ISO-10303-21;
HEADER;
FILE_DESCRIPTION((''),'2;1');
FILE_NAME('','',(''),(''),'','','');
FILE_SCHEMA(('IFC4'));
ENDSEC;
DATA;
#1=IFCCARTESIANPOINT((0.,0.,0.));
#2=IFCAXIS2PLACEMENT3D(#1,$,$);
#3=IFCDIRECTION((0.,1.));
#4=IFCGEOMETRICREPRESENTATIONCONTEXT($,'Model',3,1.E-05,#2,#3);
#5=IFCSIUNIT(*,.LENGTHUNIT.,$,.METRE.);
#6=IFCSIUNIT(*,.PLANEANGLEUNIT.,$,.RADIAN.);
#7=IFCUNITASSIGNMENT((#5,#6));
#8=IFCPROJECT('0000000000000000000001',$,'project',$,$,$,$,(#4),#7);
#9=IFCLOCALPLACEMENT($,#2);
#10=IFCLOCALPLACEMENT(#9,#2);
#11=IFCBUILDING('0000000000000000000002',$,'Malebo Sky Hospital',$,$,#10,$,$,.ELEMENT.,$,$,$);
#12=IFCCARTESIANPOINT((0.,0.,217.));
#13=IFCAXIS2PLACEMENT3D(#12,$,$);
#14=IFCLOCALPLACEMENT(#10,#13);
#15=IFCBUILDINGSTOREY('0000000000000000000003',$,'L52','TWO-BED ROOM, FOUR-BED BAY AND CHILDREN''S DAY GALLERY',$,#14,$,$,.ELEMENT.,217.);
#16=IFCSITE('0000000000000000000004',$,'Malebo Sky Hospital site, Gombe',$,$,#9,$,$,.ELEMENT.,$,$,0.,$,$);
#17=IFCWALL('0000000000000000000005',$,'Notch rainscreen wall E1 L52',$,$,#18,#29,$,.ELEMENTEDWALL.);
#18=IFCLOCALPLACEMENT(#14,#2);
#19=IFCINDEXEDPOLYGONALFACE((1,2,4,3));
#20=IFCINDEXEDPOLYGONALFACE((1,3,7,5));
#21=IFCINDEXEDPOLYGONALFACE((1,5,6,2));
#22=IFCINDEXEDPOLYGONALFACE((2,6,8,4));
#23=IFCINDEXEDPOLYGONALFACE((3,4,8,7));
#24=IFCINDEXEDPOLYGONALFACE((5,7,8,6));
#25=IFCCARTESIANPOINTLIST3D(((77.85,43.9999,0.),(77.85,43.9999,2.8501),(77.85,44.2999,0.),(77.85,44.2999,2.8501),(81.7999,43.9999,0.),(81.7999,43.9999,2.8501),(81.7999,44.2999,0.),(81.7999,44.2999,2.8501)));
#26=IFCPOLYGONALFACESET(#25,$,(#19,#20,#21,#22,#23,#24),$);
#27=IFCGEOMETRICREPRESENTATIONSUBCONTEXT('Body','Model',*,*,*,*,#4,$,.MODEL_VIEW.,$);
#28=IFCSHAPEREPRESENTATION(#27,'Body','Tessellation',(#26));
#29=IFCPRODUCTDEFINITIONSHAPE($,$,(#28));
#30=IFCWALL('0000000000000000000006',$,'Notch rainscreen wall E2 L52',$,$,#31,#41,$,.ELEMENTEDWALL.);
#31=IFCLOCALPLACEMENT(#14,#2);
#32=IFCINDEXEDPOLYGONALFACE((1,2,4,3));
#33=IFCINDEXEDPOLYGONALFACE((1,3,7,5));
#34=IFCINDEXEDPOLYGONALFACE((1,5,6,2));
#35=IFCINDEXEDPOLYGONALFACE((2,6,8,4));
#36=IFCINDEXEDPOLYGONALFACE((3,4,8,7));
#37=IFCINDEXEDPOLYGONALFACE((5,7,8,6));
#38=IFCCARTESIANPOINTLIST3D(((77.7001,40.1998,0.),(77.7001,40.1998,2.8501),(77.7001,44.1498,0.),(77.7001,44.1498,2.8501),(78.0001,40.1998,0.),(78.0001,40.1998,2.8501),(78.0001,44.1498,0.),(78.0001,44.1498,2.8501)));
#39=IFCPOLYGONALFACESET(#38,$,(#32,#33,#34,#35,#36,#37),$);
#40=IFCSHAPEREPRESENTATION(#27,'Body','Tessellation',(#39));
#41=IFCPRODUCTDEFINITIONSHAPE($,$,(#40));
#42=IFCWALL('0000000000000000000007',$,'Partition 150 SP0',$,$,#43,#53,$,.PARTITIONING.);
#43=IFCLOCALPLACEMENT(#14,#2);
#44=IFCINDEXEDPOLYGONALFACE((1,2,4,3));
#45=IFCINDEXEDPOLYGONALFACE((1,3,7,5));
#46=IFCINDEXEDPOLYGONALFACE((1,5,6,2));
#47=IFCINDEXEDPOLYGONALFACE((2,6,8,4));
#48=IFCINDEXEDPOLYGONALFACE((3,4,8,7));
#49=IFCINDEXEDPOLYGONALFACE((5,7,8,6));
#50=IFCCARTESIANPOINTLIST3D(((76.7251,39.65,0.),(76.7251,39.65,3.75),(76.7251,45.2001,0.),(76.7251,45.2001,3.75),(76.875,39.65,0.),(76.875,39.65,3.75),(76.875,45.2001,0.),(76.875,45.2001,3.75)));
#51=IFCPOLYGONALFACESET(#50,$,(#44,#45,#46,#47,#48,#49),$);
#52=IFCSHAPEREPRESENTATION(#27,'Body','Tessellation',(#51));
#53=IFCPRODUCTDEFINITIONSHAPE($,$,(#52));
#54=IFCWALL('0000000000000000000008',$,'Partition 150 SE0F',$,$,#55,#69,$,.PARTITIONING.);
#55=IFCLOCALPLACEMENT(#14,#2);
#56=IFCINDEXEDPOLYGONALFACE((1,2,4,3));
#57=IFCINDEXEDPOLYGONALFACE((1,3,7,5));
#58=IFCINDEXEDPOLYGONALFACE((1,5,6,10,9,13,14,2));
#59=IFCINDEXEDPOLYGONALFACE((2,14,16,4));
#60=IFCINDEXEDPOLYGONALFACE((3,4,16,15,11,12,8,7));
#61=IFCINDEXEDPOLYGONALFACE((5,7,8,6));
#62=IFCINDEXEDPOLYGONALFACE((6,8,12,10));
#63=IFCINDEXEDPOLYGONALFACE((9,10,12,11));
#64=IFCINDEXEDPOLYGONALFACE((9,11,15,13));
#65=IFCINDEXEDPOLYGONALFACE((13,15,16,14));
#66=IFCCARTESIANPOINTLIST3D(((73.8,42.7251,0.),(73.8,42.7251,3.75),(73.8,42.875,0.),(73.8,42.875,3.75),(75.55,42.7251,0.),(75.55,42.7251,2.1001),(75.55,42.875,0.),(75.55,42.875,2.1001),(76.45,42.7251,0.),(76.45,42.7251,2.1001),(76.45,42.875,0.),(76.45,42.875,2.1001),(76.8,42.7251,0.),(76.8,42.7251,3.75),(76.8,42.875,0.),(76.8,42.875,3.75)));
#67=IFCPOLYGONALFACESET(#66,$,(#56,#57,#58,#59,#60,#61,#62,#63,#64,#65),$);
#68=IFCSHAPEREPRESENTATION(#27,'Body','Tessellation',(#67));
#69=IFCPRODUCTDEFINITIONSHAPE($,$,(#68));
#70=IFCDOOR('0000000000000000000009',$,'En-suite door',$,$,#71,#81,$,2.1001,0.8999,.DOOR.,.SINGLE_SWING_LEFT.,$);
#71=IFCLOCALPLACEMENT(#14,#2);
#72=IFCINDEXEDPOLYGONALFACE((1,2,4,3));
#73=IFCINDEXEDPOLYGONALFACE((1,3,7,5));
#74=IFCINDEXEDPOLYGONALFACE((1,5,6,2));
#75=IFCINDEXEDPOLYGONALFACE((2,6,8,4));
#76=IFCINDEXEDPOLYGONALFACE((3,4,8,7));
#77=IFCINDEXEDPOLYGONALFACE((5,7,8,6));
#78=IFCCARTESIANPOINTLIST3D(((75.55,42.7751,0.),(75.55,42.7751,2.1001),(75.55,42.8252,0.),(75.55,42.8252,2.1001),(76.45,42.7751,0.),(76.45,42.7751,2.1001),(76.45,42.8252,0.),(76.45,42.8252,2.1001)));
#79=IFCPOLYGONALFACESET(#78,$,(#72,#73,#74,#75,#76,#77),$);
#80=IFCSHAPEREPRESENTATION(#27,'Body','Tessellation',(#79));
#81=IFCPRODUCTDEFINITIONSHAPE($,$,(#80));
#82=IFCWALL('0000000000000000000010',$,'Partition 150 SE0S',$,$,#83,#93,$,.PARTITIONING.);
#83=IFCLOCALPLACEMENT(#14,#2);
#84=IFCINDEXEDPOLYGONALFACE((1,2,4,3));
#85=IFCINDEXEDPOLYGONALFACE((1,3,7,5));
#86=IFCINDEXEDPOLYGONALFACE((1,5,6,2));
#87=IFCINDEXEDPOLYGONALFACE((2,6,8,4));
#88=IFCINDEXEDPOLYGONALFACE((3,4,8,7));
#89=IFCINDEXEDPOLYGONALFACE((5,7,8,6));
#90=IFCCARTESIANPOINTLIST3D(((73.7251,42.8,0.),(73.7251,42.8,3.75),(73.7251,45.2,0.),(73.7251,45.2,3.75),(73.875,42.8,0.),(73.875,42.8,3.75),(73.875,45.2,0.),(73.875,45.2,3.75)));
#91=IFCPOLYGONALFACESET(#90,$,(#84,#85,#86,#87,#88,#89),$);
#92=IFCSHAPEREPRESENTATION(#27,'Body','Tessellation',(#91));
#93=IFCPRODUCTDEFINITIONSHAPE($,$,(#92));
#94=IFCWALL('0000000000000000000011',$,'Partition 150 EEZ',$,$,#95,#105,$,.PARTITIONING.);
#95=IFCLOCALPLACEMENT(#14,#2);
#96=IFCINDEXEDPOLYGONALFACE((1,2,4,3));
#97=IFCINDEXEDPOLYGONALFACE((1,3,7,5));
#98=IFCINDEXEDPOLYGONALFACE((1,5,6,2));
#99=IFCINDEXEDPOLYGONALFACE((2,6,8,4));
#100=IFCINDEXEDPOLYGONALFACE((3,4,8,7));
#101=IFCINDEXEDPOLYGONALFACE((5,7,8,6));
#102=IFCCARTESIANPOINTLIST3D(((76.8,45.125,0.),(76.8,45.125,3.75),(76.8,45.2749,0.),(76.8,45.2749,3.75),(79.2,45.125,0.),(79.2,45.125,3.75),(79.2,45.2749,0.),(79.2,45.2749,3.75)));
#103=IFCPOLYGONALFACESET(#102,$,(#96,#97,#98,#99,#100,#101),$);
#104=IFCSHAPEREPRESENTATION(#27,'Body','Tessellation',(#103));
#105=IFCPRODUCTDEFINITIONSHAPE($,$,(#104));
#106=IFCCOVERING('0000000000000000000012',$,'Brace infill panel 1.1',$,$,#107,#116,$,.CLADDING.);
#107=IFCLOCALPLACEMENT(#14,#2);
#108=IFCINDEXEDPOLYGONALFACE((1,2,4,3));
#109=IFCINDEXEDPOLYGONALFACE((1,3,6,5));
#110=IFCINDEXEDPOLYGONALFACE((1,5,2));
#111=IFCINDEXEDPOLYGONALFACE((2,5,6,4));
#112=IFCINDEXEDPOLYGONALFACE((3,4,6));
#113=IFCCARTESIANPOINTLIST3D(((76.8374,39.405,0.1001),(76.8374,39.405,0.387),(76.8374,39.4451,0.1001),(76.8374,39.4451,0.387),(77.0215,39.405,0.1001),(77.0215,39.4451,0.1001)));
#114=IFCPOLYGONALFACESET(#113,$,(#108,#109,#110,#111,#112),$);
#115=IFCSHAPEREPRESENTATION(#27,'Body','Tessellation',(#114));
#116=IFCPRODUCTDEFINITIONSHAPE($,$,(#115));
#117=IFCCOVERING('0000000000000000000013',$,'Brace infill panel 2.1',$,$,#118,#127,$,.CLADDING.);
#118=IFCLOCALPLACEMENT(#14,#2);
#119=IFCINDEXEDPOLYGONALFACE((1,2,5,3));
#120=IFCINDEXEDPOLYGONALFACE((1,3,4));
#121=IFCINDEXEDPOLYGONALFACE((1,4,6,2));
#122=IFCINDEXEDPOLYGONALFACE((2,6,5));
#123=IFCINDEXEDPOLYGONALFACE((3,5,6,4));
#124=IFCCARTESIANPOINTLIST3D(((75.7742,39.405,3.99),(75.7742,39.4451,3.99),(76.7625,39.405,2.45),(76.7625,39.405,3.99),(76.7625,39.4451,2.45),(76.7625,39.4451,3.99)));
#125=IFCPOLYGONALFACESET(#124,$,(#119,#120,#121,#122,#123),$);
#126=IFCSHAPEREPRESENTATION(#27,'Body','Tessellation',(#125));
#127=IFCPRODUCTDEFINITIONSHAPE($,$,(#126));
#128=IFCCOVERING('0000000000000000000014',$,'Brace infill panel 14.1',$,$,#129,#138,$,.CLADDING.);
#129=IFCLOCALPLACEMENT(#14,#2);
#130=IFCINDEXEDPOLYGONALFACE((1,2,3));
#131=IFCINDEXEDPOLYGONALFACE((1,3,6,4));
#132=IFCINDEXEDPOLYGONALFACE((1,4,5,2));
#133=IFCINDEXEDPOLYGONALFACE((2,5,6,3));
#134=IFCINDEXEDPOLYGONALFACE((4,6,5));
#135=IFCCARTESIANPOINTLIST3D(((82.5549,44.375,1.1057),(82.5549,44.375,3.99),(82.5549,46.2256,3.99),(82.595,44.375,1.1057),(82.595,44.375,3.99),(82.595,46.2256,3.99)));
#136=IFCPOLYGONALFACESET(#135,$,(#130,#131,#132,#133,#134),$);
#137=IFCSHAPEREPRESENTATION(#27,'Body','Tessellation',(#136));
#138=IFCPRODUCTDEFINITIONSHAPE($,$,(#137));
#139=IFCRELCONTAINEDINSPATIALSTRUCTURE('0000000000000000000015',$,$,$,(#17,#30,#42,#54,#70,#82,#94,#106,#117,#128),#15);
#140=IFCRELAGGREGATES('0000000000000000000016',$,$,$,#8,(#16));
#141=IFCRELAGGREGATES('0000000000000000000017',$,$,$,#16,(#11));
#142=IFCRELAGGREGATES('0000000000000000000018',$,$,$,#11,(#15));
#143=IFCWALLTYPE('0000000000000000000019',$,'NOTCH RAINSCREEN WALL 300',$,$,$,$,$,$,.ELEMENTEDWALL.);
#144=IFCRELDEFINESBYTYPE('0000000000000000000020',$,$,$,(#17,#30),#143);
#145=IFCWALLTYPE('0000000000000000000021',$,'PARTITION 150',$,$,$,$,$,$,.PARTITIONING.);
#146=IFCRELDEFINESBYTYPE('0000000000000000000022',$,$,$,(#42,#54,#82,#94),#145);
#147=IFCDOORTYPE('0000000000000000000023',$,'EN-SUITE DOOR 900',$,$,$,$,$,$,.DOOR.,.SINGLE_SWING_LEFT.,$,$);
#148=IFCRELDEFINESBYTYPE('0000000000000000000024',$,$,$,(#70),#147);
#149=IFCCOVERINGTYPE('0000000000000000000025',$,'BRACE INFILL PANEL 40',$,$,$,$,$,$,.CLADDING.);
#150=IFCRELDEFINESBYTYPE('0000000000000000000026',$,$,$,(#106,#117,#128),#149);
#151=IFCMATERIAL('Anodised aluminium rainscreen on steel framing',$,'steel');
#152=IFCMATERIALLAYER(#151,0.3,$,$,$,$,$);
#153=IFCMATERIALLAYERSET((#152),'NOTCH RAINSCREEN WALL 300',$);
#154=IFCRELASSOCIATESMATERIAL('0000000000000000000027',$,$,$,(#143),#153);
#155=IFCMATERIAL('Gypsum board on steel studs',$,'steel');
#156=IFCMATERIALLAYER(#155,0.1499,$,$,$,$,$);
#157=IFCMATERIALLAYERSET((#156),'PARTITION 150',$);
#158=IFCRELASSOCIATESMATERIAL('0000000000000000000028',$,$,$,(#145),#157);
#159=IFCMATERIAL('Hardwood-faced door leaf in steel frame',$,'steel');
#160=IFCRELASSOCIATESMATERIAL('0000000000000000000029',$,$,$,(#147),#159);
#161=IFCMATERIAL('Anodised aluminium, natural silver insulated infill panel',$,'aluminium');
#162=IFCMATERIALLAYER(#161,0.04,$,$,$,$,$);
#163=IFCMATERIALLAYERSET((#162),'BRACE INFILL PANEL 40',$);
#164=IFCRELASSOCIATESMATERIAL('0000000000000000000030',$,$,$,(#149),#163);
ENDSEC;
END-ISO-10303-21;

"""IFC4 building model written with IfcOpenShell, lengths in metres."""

from ifc_helpers import new_model, si_unit, direction, frame, frame_2d, origin, place, context, subcontext, project, spatial, polyline, rectangle, outline, extrude, material, layer, layer_set, type_object, element, fill, save


model = new_model("IFC4")

# Units and contexts
model_context = context("Model", 3, precision=1e-05, world=origin(), true_north=direction((0.0, 1.0)))
body_context = subcontext(model_context, "Body", "Model", "MODEL_VIEW")
ifc_project = project(units=[si_unit("LENGTHUNIT", "METRE"), si_unit("PLANEANGLEUNIT", "RADIAN")], contexts=[model_context])

# Site, building, storey
site_placement = place(None, origin())
site = spatial("IfcSite", under=ifc_project, at=site_placement, Name="Malebo Sky Hospital site, Gombe", CompositionType="ELEMENT", RefElevation=0.0)
building_placement = place(site_placement, origin())
building = spatial("IfcBuilding", under=site, at=building_placement, Name="Malebo Sky Hospital", CompositionType="ELEMENT")
storey_placement = place(building_placement, frame((0.0, 0.0, 217.0)))
storey = spatial("IfcBuildingStorey", under=building, at=storey_placement, Name="L52", Description="TWO-BED ROOM, FOUR-BED BAY AND CHILDREN'S DAY GALLERY", CompositionType="ELEMENT", Elevation=217.0)

# Shared definitions
ifc_material_1 = material(Name="Gypsum board on steel studs", Category="steel")
ifc_material_2 = material(Name="Hardwood-faced door leaf in steel frame", Category="steel")

# Walls
ifc_material_3 = material(Name="Anodised aluminium rainscreen on steel framing", Category="steel")
ifc_layer_1 = layer(ifc_material_3, 0.3)
ifc_layer_set_1 = layer_set([ifc_layer_1], Name="NOTCH RAINSCREEN WALL 300")
wall_type_1 = type_object("IfcWallType", Name="NOTCH RAINSCREEN WALL 300", PredefinedType="ELEMENTEDWALL", material=ifc_layer_set_1)
for number, where, z_axis, x_axis, name in (
    (1, (81.8, 44.1499, 0.0), (0.0, 0.0, 1.0), (-1.0, 0.0, 0.0), "Notch rainscreen wall E1 L52"),
    (2, (77.8501, 44.1499, 0.0), (0.0, 0.0, 1.0), (0.0, -1.0, 0.0), "Notch rainscreen wall E2 L52"),
):
    element("IfcWall", number, at=place(storey_placement, frame(where, z_axis=z_axis, x_axis=x_axis)), inside=storey, type_object=wall_type_1, Name=name, PredefinedType="ELEMENTEDWALL", context=body_context, shape_type="SweptSolid", body=[
        extrude(rectangle(XDim=3.95, YDim=0.3, at=frame_2d((1.9751, 0.0))), origin(), (0.0, 0.0, 1.0), 2.8501),
    ])
ifc_layer_2 = layer(ifc_material_1, 0.1499)
ifc_layer_set_2 = layer_set([ifc_layer_2], Name="PARTITION 150")
wall_type_2 = type_object("IfcWallType", Name="PARTITION 150", PredefinedType="PARTITIONING", material=ifc_layer_set_2)
wall_1_placement = place(storey_placement, frame((76.8, 45.2, 0.0), z_axis=(0.0, 0.0, 1.0), x_axis=(0.0, -1.0, 0.0)))
element("IfcWall", 3, at=wall_1_placement, inside=storey, type_object=wall_type_2, Name="Partition 150 SP0", PredefinedType="PARTITIONING", context=body_context, shape_type="SweptSolid", body=[
    extrude(rectangle(XDim=5.55, YDim=0.1499, at=frame_2d((2.7749, 0.0))), origin(), (0.0, 0.0, 1.0), 3.75),
])

# Wall, opening, door
wall_2_placement = place(storey_placement, frame((76.8, 42.8, 0.0), z_axis=(0.0, 0.0, 1.0), x_axis=(-1.0, 0.0, 0.0)))
wall_2 = element("IfcWall", 4, at=wall_2_placement, inside=storey, type_object=wall_type_2, Name="Partition 150 SE0F", PredefinedType="PARTITIONING", context=body_context, shape_type="SweptSolid", body=[
    extrude(rectangle(XDim=3.0, YDim=0.1499, at=frame_2d((1.5, 0.0))), origin(), (0.0, 0.0, 1.0), 3.75),
])
opening_1_placement = place(wall_2_placement, frame((0.3501, 0.0, 0.0)))
opening_1 = element("IfcOpeningElement", 5, at=opening_1_placement, cuts=wall_2, PredefinedType="OPENING", context=body_context, shape_type="SweptSolid", body=[
    extrude(rectangle(XDim=0.8999, YDim=2.1001, at=frame_2d((0.45, 1.05))), frame((0.0, 0.085, 0.0), z_axis=(0.0, -1.0, 0.0), x_axis=(1.0, 0.0, 0.0)), (0.0, 0.0, 1.0), 0.1699),
])
door_type_1 = type_object("IfcDoorType", Name="EN-SUITE DOOR 900", OperationType="SINGLE_SWING_LEFT", PredefinedType="DOOR", material=ifc_material_2)
door_1_placement = place(opening_1_placement, origin())
door_1 = element("IfcDoor", 6, at=door_1_placement, inside=storey, type_object=door_type_1, Name="En-suite door", OperationType="SINGLE_SWING_LEFT", OverallHeight=2.1001, OverallWidth=0.8999, PredefinedType="DOOR", context=body_context, shape_type="SweptSolid", body=[
    extrude(rectangle(XDim=0.8999, YDim=2.1001, at=frame_2d((0.45, 1.05))), frame((0.0, 0.0249, 0.0), z_axis=(0.0, -1.0, 0.0), x_axis=(1.0, 0.0, 0.0)), (0.0, 0.0, 1.0), 0.05),
])
fill(opening_1, door_1)

# Walls
for number, where, z_axis, x_axis, name in (
    (7, (73.8, 45.2, 0.0), (0.0, 0.0, 1.0), (0.0, -1.0, 0.0), "Partition 150 SE0S"),
    (8, (76.8, 45.2, 0.0), (0.0, 0.0, 1.0), (1.0, 0.0, 0.0), "Partition 150 EEZ"),
):
    element("IfcWall", number, at=place(storey_placement, frame(where, z_axis=z_axis, x_axis=x_axis)), inside=storey, type_object=wall_type_2, Name=name, PredefinedType="PARTITIONING", context=body_context, shape_type="SweptSolid", body=[
        extrude(rectangle(XDim=2.3999, YDim=0.1499, at=frame_2d((1.2, 0.0))), origin(), (0.0, 0.0, 1.0), 3.75),
    ])

# Coverings
ifc_material_4 = material(Name="Anodised aluminium, natural silver insulated infill panel", Category="aluminium")
ifc_layer_3 = layer(ifc_material_4, 0.04)
ifc_layer_set_3 = layer_set([ifc_layer_3], Name="BRACE INFILL PANEL 40")
covering_type = type_object("IfcCoveringType", Name="BRACE INFILL PANEL 40", PredefinedType="CLADDING", material=ifc_layer_set_3)
covering_1_placement = place(storey_placement, frame((76.9294, 39.425, 0.1001), z_axis=(0.0, 0.0, 1.0), x_axis=(-1.0, 0.0, 0.0)))
element("IfcCovering", 9, at=covering_1_placement, inside=storey, type_object=covering_type, Name="Brace infill panel 1.1", PredefinedType="CLADDING", context=body_context, shape_type="SweptSolid", body=[
    extrude(outline(polyline([(-0.092, 0.0), (0.092, 0.0), (0.092, 0.2869), (-0.092, 0.0)])), frame((0.0, 0.02, 0.0), z_axis=(0.0, -1.0, 0.0), x_axis=(1.0, 0.0, 0.0)), (0.0, 0.0, 1.0), 0.04),
])
covering_2_placement = place(storey_placement, frame((76.2683, 39.425, 2.45), z_axis=(0.0, 0.0, 1.0), x_axis=(-1.0, 0.0, 0.0)))
element("IfcCovering", 10, at=covering_2_placement, inside=storey, type_object=covering_type, Name="Brace infill panel 2.1", PredefinedType="CLADDING", context=body_context, shape_type="SweptSolid", body=[
    extrude(outline(polyline([(-0.4941, 0.0), (0.4941, 1.54), (-0.4941, 1.54), (-0.4941, 0.0)])), frame((0.0, 0.02, 0.0), z_axis=(0.0, -1.0, 0.0), x_axis=(1.0, 0.0, 0.0)), (0.0, 0.0, 1.0), 0.04),
])
covering_3_placement = place(storey_placement, frame((82.575, 45.3003, 1.1057), z_axis=(0.0, 0.0, 1.0), x_axis=(0.0, -1.0, 0.0)))
element("IfcCovering", 11, at=covering_3_placement, inside=storey, type_object=covering_type, Name="Brace infill panel 14.1", PredefinedType="CLADDING", context=body_context, shape_type="SweptSolid", body=[
    extrude(outline(polyline([(0.9253, 0.0), (0.9253, 2.8843), (-0.9253, 2.8843), (0.9253, 0.0)])), frame((0.0, 0.02, 0.0), z_axis=(0.0, -1.0, 0.0), x_axis=(1.0, 0.0, 0.0)), (0.0, 0.0, 1.0), 0.04),
])

save(model, "model.ifc")
